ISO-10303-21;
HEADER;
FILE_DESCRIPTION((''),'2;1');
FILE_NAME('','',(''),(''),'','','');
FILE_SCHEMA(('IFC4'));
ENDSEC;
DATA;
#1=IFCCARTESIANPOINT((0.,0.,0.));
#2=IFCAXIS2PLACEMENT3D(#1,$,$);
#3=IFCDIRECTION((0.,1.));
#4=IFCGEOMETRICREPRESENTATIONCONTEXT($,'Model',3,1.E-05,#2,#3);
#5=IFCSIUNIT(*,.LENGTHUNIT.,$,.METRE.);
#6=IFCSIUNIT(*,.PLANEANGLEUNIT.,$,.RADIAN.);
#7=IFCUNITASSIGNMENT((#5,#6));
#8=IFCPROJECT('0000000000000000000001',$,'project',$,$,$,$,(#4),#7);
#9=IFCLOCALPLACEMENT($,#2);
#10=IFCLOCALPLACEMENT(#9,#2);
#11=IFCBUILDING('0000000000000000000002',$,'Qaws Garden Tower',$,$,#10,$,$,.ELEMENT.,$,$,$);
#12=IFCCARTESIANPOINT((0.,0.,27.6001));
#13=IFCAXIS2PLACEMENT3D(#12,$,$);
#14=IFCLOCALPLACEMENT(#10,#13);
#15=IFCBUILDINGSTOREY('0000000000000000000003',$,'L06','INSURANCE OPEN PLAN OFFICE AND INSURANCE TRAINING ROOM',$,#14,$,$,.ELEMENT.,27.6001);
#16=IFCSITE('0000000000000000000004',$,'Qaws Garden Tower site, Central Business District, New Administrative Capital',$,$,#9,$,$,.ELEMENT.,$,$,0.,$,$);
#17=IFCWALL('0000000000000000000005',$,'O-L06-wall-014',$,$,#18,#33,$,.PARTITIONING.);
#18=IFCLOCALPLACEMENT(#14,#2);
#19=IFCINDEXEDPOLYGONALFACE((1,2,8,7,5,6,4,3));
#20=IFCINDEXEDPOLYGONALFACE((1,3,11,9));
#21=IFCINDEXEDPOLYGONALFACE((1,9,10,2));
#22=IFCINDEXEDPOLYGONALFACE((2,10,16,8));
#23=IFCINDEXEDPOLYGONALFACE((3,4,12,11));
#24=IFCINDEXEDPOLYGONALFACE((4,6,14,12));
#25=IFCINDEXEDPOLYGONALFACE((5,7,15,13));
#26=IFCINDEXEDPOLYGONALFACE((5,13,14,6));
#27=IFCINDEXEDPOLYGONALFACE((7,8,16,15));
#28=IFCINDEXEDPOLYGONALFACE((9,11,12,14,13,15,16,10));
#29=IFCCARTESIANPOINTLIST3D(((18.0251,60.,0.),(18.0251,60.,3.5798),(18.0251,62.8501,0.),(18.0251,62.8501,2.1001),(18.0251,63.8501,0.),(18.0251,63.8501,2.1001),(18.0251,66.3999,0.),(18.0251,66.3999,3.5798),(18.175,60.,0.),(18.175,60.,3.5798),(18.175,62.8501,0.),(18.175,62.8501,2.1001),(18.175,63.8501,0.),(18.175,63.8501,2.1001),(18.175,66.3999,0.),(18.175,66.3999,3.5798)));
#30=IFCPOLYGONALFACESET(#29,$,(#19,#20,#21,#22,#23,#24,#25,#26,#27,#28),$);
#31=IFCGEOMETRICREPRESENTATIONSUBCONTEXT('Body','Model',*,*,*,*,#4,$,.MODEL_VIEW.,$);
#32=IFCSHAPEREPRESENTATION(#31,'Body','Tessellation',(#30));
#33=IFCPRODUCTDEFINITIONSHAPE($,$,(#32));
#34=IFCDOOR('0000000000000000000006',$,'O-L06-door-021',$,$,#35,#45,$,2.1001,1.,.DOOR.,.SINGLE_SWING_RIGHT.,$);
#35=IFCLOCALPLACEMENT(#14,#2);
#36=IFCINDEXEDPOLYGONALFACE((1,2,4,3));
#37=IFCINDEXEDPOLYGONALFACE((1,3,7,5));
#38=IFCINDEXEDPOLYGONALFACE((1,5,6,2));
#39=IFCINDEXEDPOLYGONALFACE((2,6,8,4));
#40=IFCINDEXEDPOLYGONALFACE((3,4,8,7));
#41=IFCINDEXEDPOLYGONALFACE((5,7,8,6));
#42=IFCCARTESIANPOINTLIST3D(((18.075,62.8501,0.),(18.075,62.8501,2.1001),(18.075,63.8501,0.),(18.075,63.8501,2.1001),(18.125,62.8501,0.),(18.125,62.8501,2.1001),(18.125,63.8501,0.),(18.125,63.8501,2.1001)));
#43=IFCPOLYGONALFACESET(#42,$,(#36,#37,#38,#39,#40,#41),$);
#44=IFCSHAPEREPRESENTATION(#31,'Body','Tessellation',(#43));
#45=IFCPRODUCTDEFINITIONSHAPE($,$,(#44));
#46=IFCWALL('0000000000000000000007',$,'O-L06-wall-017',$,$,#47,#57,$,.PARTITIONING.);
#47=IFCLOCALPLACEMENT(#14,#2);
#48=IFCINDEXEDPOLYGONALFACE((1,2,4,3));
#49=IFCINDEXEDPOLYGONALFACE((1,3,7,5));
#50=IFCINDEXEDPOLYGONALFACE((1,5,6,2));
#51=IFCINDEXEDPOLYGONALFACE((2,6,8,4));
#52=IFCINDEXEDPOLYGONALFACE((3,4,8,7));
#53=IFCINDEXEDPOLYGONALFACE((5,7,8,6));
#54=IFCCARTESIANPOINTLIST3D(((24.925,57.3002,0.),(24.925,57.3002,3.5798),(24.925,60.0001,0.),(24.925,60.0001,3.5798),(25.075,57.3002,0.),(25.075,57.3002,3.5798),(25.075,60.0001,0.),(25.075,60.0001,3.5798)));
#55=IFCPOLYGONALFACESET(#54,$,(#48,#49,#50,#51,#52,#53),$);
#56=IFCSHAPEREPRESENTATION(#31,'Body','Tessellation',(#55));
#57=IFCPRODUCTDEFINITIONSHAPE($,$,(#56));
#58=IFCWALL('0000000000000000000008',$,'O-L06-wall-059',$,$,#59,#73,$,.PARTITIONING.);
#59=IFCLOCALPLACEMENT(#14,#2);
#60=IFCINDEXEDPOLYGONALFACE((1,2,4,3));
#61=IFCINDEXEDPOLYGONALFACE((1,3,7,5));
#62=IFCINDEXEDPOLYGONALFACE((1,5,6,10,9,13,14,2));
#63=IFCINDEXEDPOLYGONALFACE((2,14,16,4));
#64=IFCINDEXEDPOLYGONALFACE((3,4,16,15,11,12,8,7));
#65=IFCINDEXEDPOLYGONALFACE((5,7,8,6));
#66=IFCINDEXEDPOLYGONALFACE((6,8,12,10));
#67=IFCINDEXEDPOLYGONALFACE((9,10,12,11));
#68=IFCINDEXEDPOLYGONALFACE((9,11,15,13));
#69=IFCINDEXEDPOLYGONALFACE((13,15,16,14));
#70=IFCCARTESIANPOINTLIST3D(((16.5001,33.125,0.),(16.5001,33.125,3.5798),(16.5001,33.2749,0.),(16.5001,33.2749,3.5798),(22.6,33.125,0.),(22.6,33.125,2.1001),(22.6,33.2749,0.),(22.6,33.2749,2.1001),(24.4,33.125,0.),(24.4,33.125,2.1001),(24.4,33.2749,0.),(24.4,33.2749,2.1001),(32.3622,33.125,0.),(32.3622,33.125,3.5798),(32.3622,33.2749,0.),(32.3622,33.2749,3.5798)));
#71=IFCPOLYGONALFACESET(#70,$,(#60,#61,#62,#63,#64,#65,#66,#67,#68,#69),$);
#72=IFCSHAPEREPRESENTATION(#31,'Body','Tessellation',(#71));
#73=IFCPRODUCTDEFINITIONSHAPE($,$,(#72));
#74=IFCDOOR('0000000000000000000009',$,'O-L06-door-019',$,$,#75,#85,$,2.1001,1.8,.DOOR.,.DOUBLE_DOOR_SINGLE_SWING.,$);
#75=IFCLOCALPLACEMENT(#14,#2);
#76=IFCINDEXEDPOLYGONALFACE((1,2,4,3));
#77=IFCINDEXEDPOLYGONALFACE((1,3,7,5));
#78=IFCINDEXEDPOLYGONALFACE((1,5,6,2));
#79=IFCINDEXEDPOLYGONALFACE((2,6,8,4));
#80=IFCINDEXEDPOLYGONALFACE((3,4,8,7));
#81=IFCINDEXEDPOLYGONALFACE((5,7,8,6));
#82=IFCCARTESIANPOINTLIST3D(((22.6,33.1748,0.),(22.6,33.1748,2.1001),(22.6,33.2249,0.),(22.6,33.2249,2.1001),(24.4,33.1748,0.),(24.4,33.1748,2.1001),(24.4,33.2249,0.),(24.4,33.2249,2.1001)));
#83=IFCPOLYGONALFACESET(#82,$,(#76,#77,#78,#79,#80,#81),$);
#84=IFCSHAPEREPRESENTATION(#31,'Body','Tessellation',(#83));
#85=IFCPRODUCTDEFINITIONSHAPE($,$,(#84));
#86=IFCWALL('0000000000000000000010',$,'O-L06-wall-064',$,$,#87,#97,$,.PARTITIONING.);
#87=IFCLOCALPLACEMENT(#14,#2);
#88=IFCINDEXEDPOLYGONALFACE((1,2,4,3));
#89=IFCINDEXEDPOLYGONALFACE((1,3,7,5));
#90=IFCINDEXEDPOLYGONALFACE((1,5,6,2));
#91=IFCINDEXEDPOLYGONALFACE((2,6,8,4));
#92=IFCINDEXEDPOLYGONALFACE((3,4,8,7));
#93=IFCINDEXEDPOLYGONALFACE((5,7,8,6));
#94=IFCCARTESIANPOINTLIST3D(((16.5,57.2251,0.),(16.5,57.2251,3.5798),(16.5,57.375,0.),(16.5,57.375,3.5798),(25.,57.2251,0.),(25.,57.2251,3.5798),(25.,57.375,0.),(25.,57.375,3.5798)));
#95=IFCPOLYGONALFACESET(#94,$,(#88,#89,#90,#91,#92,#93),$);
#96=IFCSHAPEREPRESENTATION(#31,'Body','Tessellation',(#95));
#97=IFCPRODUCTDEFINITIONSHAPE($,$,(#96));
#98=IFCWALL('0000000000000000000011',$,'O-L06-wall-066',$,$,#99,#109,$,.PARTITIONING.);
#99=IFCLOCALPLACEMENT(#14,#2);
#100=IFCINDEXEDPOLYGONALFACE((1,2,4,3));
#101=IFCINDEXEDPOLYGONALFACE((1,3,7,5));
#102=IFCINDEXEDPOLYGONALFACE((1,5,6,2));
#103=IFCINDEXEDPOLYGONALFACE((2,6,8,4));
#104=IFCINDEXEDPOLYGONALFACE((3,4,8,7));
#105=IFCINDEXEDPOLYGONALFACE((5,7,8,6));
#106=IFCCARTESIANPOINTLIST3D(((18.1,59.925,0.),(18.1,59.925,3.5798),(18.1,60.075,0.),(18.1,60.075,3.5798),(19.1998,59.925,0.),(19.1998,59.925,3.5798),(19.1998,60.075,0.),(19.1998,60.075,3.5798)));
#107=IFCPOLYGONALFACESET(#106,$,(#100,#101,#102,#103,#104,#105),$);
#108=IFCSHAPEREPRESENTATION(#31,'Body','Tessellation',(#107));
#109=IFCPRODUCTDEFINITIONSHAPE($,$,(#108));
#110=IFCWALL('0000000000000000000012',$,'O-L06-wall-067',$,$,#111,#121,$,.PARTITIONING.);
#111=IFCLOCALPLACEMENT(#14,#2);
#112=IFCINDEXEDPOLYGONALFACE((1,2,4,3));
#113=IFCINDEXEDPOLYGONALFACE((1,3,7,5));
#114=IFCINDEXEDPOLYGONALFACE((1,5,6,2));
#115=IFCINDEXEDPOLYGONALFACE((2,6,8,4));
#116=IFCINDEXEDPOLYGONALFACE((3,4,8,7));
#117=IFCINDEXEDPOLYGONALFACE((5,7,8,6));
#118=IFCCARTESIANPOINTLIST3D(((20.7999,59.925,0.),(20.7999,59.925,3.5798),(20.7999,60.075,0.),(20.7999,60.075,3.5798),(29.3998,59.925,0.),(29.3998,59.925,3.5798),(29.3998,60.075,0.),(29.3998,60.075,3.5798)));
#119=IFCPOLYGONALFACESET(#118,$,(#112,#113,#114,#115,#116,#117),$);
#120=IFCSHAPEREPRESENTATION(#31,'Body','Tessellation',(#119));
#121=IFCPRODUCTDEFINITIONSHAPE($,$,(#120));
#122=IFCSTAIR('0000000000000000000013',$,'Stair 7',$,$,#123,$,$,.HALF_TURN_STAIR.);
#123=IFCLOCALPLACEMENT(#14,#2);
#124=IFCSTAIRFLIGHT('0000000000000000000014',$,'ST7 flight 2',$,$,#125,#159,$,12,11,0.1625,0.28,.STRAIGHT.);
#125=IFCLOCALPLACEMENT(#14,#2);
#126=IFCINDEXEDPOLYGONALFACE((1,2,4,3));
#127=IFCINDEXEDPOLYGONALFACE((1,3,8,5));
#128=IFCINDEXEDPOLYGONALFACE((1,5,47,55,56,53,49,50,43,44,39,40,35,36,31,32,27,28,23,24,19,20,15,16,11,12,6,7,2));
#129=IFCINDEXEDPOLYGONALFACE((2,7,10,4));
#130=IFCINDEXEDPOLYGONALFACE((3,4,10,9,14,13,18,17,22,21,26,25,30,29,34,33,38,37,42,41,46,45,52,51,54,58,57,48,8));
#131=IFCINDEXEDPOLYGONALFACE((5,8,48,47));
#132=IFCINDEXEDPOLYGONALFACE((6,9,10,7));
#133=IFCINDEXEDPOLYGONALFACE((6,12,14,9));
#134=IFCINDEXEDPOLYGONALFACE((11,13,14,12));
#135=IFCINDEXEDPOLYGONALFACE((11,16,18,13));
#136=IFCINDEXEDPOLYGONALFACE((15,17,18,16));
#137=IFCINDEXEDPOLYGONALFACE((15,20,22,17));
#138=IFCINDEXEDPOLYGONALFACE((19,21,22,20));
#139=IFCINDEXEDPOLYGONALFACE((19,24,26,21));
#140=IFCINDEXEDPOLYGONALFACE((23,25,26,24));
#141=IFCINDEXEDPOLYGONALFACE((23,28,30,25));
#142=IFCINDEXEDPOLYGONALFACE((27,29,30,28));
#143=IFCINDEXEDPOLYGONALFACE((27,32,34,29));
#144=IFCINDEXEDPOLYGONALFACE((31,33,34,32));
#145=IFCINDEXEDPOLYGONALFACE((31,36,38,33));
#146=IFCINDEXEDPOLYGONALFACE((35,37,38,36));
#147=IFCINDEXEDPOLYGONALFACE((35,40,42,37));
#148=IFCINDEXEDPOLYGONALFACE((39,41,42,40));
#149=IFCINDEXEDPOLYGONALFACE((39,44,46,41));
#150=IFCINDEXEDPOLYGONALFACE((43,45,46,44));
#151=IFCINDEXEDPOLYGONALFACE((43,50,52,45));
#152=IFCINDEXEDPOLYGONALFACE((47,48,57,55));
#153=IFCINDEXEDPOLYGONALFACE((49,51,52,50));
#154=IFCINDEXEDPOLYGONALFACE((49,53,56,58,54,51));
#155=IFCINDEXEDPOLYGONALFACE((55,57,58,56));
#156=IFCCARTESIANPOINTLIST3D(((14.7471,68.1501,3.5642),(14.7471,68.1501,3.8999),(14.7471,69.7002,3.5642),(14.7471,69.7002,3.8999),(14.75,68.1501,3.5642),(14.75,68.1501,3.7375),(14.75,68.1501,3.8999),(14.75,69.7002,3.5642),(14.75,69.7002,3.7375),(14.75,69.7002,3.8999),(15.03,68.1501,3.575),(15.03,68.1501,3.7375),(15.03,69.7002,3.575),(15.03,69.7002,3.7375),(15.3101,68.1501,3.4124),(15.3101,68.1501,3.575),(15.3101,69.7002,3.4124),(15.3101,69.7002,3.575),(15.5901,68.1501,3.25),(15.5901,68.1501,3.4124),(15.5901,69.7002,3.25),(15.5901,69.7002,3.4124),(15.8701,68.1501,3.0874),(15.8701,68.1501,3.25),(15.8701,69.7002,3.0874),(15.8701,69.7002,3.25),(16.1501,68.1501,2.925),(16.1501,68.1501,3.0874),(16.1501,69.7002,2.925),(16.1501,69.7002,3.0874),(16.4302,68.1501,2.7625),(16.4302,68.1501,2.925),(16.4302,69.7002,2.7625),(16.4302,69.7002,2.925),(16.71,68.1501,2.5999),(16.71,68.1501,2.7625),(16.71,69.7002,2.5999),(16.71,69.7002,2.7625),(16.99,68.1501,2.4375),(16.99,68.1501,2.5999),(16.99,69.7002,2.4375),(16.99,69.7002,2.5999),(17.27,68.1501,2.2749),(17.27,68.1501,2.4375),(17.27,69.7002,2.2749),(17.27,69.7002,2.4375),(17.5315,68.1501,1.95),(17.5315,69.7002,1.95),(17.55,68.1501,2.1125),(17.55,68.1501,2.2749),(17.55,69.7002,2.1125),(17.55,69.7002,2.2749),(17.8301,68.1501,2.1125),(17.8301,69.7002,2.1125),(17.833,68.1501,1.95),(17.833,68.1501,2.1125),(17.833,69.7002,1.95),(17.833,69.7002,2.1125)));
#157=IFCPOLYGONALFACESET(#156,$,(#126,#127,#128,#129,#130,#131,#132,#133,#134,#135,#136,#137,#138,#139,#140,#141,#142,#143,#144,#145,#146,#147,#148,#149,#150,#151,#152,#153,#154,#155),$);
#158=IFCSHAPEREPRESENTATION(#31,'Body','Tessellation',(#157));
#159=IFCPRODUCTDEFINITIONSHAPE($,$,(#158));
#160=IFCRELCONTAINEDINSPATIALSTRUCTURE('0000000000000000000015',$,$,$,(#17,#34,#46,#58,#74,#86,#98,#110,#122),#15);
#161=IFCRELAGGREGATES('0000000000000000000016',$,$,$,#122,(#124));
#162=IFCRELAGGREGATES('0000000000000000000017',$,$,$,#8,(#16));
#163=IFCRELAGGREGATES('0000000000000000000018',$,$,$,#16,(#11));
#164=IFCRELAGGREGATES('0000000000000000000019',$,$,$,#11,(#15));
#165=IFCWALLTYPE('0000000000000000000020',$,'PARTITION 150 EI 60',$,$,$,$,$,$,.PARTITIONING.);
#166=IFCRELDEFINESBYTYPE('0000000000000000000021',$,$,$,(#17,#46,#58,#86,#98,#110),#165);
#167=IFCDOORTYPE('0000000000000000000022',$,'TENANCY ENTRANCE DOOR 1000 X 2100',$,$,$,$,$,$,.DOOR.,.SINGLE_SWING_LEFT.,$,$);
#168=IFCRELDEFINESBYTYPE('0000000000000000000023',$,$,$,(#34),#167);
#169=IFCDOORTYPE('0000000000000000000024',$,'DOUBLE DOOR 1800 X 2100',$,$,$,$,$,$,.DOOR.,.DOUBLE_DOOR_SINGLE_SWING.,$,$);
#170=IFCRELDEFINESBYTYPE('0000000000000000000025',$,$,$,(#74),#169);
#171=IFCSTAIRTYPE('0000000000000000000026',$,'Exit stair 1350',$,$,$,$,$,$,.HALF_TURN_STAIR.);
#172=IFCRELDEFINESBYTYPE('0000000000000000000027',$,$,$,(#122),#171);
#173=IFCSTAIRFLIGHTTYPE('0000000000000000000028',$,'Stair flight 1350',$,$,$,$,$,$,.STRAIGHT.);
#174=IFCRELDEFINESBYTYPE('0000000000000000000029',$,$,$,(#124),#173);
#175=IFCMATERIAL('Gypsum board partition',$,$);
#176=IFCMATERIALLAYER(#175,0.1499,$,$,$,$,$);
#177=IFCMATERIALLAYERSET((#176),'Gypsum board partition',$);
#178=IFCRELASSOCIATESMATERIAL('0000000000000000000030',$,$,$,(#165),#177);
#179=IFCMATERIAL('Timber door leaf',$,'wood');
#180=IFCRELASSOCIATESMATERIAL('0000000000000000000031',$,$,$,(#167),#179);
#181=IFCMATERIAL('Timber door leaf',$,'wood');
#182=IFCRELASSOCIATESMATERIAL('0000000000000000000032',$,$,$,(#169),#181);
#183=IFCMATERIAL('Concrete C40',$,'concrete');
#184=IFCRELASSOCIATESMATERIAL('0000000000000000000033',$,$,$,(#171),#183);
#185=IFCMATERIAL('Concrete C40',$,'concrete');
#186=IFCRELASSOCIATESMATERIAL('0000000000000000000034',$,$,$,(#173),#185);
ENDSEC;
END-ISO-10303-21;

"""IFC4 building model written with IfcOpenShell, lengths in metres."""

from ifc_helpers import new_model, si_unit, direction, frame, frame_2d, origin, place, context, subcontext, project, spatial, polyline, rectangle, outline, extrude, material, layer, layer_set, type_object, element, fill, aggregate, save


model = new_model("IFC4")

# Units and contexts
model_context = context("Model", 3, precision=1e-05, world=origin(), true_north=direction((0.0, 1.0)))
body_context = subcontext(model_context, "Body", "Model", "MODEL_VIEW")
ifc_project = project(units=[si_unit("LENGTHUNIT", "METRE"), si_unit("PLANEANGLEUNIT", "RADIAN")], contexts=[model_context])

# Site, building, storey
site_placement = place(None, origin())
site = spatial("IfcSite", under=ifc_project, at=site_placement, Name="Qaws Garden Tower site, Central Business District, New Administrative Capital", CompositionType="ELEMENT", RefElevation=0.0)
building_placement = place(site_placement, origin())
building = spatial("IfcBuilding", under=site, at=building_placement, Name="Qaws Garden Tower", CompositionType="ELEMENT")
storey_placement = place(building_placement, frame((0.0, 0.0, 27.6001)))
storey = spatial("IfcBuildingStorey", under=building, at=storey_placement, Name="L06", Description="INSURANCE OPEN PLAN OFFICE AND INSURANCE TRAINING ROOM", CompositionType="ELEMENT", Elevation=27.6001)

# Shared definitions
ifc_material_1 = material(Name="Gypsum board partition")
ifc_layer_1 = layer(ifc_material_1, 0.1499)
ifc_layer_set_1 = layer_set([ifc_layer_1], Name="Gypsum board partition")
wall_type_1 = type_object("IfcWallType", Name="PARTITION 150 EI 60", PredefinedType="PARTITIONING", material=ifc_layer_set_1)

# Wall, opening, door
wall_1_placement = place(storey_placement, frame((18.1001, 60.0, 0.0), z_axis=(0.0, 0.0, 1.0), x_axis=(0.0, 1.0, 0.0)))
wall_1 = element("IfcWall", 1, at=wall_1_placement, inside=storey, type_object=wall_type_1, Name="O-L06-wall-014", PredefinedType="PARTITIONING", context=body_context, shape_type="SweptSolid", body=[
    extrude(rectangle(XDim=6.3999, YDim=0.1499, at=frame_2d((3.2, 0.0))), origin(), (0.0, 0.0, 1.0), 3.5798),
])
opening_1_placement = place(wall_1_placement, frame((2.8501, 0.0, 0.0)))
opening_1 = element("IfcOpeningElement", 2, at=opening_1_placement, cuts=wall_1, PredefinedType="OPENING", context=body_context, shape_type="SweptSolid", body=[
    extrude(rectangle(XDim=1.0, YDim=2.1001, at=frame_2d((0.5, 1.05))), frame((0.0, 0.085, 0.0), z_axis=(0.0, -1.0, 0.0), x_axis=(1.0, 0.0, 0.0)), (0.0, 0.0, 1.0), 0.1699),
])
ifc_material_2 = material(Name="Timber door leaf", Category="wood")
door_type_1 = type_object("IfcDoorType", Name="TENANCY ENTRANCE DOOR 1000 X 2100", OperationType="SINGLE_SWING_LEFT", PredefinedType="DOOR", material=ifc_material_2)
door_1_placement = place(opening_1_placement, frame((1.0, 0.0, 0.0), z_axis=(0.0, 0.0, 1.0), x_axis=(-1.0, 0.0, 0.0)))
door_1 = element("IfcDoor", 3, at=door_1_placement, inside=storey, type_object=door_type_1, Name="O-L06-door-021", OperationType="SINGLE_SWING_RIGHT", OverallHeight=2.1001, OverallWidth=1.0, PredefinedType="DOOR", context=body_context, shape_type="SweptSolid", body=[
    extrude(rectangle(XDim=1.0, YDim=2.1001, at=frame_2d((0.5, 1.05))), frame((0.0, 0.0249, 0.0), z_axis=(0.0, -1.0, 0.0), x_axis=(1.0, 0.0, 0.0)), (0.0, 0.0, 1.0), 0.05),
])
fill(opening_1, door_1)

# Wall
wall_2_placement = place(storey_placement, frame((25.0, 57.3, 0.0), z_axis=(0.0, 0.0, 1.0), x_axis=(0.0, 1.0, 0.0)))
element("IfcWall", 4, at=wall_2_placement, inside=storey, type_object=wall_type_1, Name="O-L06-wall-017", PredefinedType="PARTITIONING", context=body_context, shape_type="SweptSolid", body=[
    extrude(rectangle(XDim=2.7, YDim=0.1499, at=frame_2d((1.3501, 0.0))), origin(), (0.0, 0.0, 1.0), 3.5798),
])

# Wall, opening, door
wall_3_placement = place(storey_placement, frame((16.5, 33.2, 0.0), z_axis=(0.0, 0.0, 1.0), x_axis=(1.0, 0.0, 0.0)))
wall_3 = element("IfcWall", 5, at=wall_3_placement, inside=storey, type_object=wall_type_1, Name="O-L06-wall-059", PredefinedType="PARTITIONING", context=body_context, shape_type="SweptSolid", body=[
    extrude(rectangle(XDim=15.8621, YDim=0.1499, at=frame_2d((7.9312, 0.0))), origin(), (0.0, 0.0, 1.0), 3.5798),
])
opening_2_placement = place(wall_3_placement, frame((6.1001, 0.0, 0.0)))
opening_2 = element("IfcOpeningElement", 6, at=opening_2_placement, cuts=wall_3, PredefinedType="OPENING", context=body_context, shape_type="SweptSolid", body=[
    extrude(rectangle(XDim=1.8, YDim=2.1001, at=frame_2d((0.8999, 1.05))), frame((0.0, 0.085, 0.0), z_axis=(0.0, -1.0, 0.0), x_axis=(1.0, 0.0, 0.0)), (0.0, 0.0, 1.0), 0.1699),
])
ifc_material_3 = material(Name="Timber door leaf", Category="wood")
door_type_2 = type_object("IfcDoorType", Name="DOUBLE DOOR 1800 X 2100", OperationType="DOUBLE_DOOR_SINGLE_SWING", PredefinedType="DOOR", material=ifc_material_3)
door_2_placement = place(opening_2_placement, origin())
door_2 = element("IfcDoor", 7, at=door_2_placement, inside=storey, type_object=door_type_2, Name="O-L06-door-019", OperationType="DOUBLE_DOOR_SINGLE_SWING", OverallHeight=2.1001, OverallWidth=1.8, PredefinedType="DOOR", context=body_context, shape_type="SweptSolid", body=[
    extrude(rectangle(XDim=1.8, YDim=2.1001, at=frame_2d((0.8999, 1.05))), frame((0.0, 0.0249, 0.0), z_axis=(0.0, -1.0, 0.0), x_axis=(1.0, 0.0, 0.0)), (0.0, 0.0, 1.0), 0.05),
])
fill(opening_2, door_2)

# Walls
wall_4_placement = place(storey_placement, frame((16.5, 57.3, 0.0), z_axis=(0.0, 0.0, 1.0), x_axis=(1.0, 0.0, 0.0)))
element("IfcWall", 8, at=wall_4_placement, inside=storey, type_object=wall_type_1, Name="O-L06-wall-064", PredefinedType="PARTITIONING", context=body_context, shape_type="SweptSolid", body=[
    extrude(rectangle(XDim=8.5, YDim=0.1499, at=frame_2d((4.25, 0.0))), origin(), (0.0, 0.0, 1.0), 3.5798),
])
wall_5_placement = place(storey_placement, frame((18.1001, 60.0, 0.0), z_axis=(0.0, 0.0, 1.0), x_axis=(1.0, 0.0, 0.0)))
element("IfcWall", 9, at=wall_5_placement, inside=storey, type_object=wall_type_1, Name="O-L06-wall-066", PredefinedType="PARTITIONING", context=body_context, shape_type="SweptSolid", body=[
    extrude(rectangle(XDim=1.0999, YDim=0.1499, at=frame_2d((0.5498, 0.0))), origin(), (0.0, 0.0, 1.0), 3.5798),
])
wall_6_placement = place(storey_placement, frame((20.8, 60.0, 0.0), z_axis=(0.0, 0.0, 1.0), x_axis=(1.0, 0.0, 0.0)))
element("IfcWall", 10, at=wall_6_placement, inside=storey, type_object=wall_type_1, Name="O-L06-wall-067", PredefinedType="PARTITIONING", context=body_context, shape_type="SweptSolid", body=[
    extrude(rectangle(XDim=8.5999, YDim=0.1499, at=frame_2d((4.2998, 0.0))), origin(), (0.0, 0.0, 1.0), 3.5798),
])

# Stair, stair flight
ifc_material_4 = material(Name="Concrete C40", Category="concrete")
stair_type = type_object("IfcStairType", Name="Exit stair 1350", PredefinedType="HALF_TURN_STAIR", material=ifc_material_4)
stair_placement = place(storey_placement, origin())
stair = element("IfcStair", 11, at=stair_placement, inside=storey, type_object=stair_type, Name="Stair 7", PredefinedType="HALF_TURN_STAIR")
ifc_material_5 = material(Name="Concrete C40", Category="concrete")
stair_flight_type = type_object("IfcStairFlightType", Name="Stair flight 1350", PredefinedType="STRAIGHT", material=ifc_material_5)
stair_flight_placement = place(storey_placement, frame((17.8301, 68.925, 1.95), z_axis=(0.0, 0.0, 1.0), x_axis=(-1.0, 0.0, 0.0)))
stair_flight = element("IfcStairFlight", 12, at=stair_flight_placement, type_object=stair_flight_type, Name="ST7 flight 2", NumberOfRisers=12, NumberOfTreads=11, PredefinedType="STRAIGHT", RiserHeight=0.1625, TreadLength=0.28, context=body_context, shape_type="SweptSolid", body=[
    extrude(outline(polyline([(-0.0029, 0.0), (-0.0029, 0.1626), (0.0, 0.1626), (0.28, 0.1626), (0.28, 0.325), (0.5601, 0.325), (0.5601, 0.4875), (0.8401, 0.4875), (0.8401, 0.6499), (1.1201, 0.6499), (1.1201, 0.8125), (1.3999, 0.8125), (1.3999, 0.9751), (1.6799, 0.9751), (1.6799, 1.1375), (1.96, 1.1375), (1.96, 1.3), (2.24, 1.3), (2.24, 1.4624), (2.52, 1.4624), (2.52, 1.625), (2.8, 1.625), (2.8, 1.7876), (3.0801, 1.7876), (3.0801, 1.95), (3.083, 1.95), (3.083, 1.6143), (3.0801, 1.6143), (0.2986, 0.0), (-0.0029, 0.0)])), frame((0.0, 0.7749, 0.0), z_axis=(0.0, -1.0, 0.0), x_axis=(1.0, 0.0, 0.0)), (0.0, 0.0, 1.0), 1.55),
])
aggregate(stair, [stair_flight])

save(model, "model.ifc")
